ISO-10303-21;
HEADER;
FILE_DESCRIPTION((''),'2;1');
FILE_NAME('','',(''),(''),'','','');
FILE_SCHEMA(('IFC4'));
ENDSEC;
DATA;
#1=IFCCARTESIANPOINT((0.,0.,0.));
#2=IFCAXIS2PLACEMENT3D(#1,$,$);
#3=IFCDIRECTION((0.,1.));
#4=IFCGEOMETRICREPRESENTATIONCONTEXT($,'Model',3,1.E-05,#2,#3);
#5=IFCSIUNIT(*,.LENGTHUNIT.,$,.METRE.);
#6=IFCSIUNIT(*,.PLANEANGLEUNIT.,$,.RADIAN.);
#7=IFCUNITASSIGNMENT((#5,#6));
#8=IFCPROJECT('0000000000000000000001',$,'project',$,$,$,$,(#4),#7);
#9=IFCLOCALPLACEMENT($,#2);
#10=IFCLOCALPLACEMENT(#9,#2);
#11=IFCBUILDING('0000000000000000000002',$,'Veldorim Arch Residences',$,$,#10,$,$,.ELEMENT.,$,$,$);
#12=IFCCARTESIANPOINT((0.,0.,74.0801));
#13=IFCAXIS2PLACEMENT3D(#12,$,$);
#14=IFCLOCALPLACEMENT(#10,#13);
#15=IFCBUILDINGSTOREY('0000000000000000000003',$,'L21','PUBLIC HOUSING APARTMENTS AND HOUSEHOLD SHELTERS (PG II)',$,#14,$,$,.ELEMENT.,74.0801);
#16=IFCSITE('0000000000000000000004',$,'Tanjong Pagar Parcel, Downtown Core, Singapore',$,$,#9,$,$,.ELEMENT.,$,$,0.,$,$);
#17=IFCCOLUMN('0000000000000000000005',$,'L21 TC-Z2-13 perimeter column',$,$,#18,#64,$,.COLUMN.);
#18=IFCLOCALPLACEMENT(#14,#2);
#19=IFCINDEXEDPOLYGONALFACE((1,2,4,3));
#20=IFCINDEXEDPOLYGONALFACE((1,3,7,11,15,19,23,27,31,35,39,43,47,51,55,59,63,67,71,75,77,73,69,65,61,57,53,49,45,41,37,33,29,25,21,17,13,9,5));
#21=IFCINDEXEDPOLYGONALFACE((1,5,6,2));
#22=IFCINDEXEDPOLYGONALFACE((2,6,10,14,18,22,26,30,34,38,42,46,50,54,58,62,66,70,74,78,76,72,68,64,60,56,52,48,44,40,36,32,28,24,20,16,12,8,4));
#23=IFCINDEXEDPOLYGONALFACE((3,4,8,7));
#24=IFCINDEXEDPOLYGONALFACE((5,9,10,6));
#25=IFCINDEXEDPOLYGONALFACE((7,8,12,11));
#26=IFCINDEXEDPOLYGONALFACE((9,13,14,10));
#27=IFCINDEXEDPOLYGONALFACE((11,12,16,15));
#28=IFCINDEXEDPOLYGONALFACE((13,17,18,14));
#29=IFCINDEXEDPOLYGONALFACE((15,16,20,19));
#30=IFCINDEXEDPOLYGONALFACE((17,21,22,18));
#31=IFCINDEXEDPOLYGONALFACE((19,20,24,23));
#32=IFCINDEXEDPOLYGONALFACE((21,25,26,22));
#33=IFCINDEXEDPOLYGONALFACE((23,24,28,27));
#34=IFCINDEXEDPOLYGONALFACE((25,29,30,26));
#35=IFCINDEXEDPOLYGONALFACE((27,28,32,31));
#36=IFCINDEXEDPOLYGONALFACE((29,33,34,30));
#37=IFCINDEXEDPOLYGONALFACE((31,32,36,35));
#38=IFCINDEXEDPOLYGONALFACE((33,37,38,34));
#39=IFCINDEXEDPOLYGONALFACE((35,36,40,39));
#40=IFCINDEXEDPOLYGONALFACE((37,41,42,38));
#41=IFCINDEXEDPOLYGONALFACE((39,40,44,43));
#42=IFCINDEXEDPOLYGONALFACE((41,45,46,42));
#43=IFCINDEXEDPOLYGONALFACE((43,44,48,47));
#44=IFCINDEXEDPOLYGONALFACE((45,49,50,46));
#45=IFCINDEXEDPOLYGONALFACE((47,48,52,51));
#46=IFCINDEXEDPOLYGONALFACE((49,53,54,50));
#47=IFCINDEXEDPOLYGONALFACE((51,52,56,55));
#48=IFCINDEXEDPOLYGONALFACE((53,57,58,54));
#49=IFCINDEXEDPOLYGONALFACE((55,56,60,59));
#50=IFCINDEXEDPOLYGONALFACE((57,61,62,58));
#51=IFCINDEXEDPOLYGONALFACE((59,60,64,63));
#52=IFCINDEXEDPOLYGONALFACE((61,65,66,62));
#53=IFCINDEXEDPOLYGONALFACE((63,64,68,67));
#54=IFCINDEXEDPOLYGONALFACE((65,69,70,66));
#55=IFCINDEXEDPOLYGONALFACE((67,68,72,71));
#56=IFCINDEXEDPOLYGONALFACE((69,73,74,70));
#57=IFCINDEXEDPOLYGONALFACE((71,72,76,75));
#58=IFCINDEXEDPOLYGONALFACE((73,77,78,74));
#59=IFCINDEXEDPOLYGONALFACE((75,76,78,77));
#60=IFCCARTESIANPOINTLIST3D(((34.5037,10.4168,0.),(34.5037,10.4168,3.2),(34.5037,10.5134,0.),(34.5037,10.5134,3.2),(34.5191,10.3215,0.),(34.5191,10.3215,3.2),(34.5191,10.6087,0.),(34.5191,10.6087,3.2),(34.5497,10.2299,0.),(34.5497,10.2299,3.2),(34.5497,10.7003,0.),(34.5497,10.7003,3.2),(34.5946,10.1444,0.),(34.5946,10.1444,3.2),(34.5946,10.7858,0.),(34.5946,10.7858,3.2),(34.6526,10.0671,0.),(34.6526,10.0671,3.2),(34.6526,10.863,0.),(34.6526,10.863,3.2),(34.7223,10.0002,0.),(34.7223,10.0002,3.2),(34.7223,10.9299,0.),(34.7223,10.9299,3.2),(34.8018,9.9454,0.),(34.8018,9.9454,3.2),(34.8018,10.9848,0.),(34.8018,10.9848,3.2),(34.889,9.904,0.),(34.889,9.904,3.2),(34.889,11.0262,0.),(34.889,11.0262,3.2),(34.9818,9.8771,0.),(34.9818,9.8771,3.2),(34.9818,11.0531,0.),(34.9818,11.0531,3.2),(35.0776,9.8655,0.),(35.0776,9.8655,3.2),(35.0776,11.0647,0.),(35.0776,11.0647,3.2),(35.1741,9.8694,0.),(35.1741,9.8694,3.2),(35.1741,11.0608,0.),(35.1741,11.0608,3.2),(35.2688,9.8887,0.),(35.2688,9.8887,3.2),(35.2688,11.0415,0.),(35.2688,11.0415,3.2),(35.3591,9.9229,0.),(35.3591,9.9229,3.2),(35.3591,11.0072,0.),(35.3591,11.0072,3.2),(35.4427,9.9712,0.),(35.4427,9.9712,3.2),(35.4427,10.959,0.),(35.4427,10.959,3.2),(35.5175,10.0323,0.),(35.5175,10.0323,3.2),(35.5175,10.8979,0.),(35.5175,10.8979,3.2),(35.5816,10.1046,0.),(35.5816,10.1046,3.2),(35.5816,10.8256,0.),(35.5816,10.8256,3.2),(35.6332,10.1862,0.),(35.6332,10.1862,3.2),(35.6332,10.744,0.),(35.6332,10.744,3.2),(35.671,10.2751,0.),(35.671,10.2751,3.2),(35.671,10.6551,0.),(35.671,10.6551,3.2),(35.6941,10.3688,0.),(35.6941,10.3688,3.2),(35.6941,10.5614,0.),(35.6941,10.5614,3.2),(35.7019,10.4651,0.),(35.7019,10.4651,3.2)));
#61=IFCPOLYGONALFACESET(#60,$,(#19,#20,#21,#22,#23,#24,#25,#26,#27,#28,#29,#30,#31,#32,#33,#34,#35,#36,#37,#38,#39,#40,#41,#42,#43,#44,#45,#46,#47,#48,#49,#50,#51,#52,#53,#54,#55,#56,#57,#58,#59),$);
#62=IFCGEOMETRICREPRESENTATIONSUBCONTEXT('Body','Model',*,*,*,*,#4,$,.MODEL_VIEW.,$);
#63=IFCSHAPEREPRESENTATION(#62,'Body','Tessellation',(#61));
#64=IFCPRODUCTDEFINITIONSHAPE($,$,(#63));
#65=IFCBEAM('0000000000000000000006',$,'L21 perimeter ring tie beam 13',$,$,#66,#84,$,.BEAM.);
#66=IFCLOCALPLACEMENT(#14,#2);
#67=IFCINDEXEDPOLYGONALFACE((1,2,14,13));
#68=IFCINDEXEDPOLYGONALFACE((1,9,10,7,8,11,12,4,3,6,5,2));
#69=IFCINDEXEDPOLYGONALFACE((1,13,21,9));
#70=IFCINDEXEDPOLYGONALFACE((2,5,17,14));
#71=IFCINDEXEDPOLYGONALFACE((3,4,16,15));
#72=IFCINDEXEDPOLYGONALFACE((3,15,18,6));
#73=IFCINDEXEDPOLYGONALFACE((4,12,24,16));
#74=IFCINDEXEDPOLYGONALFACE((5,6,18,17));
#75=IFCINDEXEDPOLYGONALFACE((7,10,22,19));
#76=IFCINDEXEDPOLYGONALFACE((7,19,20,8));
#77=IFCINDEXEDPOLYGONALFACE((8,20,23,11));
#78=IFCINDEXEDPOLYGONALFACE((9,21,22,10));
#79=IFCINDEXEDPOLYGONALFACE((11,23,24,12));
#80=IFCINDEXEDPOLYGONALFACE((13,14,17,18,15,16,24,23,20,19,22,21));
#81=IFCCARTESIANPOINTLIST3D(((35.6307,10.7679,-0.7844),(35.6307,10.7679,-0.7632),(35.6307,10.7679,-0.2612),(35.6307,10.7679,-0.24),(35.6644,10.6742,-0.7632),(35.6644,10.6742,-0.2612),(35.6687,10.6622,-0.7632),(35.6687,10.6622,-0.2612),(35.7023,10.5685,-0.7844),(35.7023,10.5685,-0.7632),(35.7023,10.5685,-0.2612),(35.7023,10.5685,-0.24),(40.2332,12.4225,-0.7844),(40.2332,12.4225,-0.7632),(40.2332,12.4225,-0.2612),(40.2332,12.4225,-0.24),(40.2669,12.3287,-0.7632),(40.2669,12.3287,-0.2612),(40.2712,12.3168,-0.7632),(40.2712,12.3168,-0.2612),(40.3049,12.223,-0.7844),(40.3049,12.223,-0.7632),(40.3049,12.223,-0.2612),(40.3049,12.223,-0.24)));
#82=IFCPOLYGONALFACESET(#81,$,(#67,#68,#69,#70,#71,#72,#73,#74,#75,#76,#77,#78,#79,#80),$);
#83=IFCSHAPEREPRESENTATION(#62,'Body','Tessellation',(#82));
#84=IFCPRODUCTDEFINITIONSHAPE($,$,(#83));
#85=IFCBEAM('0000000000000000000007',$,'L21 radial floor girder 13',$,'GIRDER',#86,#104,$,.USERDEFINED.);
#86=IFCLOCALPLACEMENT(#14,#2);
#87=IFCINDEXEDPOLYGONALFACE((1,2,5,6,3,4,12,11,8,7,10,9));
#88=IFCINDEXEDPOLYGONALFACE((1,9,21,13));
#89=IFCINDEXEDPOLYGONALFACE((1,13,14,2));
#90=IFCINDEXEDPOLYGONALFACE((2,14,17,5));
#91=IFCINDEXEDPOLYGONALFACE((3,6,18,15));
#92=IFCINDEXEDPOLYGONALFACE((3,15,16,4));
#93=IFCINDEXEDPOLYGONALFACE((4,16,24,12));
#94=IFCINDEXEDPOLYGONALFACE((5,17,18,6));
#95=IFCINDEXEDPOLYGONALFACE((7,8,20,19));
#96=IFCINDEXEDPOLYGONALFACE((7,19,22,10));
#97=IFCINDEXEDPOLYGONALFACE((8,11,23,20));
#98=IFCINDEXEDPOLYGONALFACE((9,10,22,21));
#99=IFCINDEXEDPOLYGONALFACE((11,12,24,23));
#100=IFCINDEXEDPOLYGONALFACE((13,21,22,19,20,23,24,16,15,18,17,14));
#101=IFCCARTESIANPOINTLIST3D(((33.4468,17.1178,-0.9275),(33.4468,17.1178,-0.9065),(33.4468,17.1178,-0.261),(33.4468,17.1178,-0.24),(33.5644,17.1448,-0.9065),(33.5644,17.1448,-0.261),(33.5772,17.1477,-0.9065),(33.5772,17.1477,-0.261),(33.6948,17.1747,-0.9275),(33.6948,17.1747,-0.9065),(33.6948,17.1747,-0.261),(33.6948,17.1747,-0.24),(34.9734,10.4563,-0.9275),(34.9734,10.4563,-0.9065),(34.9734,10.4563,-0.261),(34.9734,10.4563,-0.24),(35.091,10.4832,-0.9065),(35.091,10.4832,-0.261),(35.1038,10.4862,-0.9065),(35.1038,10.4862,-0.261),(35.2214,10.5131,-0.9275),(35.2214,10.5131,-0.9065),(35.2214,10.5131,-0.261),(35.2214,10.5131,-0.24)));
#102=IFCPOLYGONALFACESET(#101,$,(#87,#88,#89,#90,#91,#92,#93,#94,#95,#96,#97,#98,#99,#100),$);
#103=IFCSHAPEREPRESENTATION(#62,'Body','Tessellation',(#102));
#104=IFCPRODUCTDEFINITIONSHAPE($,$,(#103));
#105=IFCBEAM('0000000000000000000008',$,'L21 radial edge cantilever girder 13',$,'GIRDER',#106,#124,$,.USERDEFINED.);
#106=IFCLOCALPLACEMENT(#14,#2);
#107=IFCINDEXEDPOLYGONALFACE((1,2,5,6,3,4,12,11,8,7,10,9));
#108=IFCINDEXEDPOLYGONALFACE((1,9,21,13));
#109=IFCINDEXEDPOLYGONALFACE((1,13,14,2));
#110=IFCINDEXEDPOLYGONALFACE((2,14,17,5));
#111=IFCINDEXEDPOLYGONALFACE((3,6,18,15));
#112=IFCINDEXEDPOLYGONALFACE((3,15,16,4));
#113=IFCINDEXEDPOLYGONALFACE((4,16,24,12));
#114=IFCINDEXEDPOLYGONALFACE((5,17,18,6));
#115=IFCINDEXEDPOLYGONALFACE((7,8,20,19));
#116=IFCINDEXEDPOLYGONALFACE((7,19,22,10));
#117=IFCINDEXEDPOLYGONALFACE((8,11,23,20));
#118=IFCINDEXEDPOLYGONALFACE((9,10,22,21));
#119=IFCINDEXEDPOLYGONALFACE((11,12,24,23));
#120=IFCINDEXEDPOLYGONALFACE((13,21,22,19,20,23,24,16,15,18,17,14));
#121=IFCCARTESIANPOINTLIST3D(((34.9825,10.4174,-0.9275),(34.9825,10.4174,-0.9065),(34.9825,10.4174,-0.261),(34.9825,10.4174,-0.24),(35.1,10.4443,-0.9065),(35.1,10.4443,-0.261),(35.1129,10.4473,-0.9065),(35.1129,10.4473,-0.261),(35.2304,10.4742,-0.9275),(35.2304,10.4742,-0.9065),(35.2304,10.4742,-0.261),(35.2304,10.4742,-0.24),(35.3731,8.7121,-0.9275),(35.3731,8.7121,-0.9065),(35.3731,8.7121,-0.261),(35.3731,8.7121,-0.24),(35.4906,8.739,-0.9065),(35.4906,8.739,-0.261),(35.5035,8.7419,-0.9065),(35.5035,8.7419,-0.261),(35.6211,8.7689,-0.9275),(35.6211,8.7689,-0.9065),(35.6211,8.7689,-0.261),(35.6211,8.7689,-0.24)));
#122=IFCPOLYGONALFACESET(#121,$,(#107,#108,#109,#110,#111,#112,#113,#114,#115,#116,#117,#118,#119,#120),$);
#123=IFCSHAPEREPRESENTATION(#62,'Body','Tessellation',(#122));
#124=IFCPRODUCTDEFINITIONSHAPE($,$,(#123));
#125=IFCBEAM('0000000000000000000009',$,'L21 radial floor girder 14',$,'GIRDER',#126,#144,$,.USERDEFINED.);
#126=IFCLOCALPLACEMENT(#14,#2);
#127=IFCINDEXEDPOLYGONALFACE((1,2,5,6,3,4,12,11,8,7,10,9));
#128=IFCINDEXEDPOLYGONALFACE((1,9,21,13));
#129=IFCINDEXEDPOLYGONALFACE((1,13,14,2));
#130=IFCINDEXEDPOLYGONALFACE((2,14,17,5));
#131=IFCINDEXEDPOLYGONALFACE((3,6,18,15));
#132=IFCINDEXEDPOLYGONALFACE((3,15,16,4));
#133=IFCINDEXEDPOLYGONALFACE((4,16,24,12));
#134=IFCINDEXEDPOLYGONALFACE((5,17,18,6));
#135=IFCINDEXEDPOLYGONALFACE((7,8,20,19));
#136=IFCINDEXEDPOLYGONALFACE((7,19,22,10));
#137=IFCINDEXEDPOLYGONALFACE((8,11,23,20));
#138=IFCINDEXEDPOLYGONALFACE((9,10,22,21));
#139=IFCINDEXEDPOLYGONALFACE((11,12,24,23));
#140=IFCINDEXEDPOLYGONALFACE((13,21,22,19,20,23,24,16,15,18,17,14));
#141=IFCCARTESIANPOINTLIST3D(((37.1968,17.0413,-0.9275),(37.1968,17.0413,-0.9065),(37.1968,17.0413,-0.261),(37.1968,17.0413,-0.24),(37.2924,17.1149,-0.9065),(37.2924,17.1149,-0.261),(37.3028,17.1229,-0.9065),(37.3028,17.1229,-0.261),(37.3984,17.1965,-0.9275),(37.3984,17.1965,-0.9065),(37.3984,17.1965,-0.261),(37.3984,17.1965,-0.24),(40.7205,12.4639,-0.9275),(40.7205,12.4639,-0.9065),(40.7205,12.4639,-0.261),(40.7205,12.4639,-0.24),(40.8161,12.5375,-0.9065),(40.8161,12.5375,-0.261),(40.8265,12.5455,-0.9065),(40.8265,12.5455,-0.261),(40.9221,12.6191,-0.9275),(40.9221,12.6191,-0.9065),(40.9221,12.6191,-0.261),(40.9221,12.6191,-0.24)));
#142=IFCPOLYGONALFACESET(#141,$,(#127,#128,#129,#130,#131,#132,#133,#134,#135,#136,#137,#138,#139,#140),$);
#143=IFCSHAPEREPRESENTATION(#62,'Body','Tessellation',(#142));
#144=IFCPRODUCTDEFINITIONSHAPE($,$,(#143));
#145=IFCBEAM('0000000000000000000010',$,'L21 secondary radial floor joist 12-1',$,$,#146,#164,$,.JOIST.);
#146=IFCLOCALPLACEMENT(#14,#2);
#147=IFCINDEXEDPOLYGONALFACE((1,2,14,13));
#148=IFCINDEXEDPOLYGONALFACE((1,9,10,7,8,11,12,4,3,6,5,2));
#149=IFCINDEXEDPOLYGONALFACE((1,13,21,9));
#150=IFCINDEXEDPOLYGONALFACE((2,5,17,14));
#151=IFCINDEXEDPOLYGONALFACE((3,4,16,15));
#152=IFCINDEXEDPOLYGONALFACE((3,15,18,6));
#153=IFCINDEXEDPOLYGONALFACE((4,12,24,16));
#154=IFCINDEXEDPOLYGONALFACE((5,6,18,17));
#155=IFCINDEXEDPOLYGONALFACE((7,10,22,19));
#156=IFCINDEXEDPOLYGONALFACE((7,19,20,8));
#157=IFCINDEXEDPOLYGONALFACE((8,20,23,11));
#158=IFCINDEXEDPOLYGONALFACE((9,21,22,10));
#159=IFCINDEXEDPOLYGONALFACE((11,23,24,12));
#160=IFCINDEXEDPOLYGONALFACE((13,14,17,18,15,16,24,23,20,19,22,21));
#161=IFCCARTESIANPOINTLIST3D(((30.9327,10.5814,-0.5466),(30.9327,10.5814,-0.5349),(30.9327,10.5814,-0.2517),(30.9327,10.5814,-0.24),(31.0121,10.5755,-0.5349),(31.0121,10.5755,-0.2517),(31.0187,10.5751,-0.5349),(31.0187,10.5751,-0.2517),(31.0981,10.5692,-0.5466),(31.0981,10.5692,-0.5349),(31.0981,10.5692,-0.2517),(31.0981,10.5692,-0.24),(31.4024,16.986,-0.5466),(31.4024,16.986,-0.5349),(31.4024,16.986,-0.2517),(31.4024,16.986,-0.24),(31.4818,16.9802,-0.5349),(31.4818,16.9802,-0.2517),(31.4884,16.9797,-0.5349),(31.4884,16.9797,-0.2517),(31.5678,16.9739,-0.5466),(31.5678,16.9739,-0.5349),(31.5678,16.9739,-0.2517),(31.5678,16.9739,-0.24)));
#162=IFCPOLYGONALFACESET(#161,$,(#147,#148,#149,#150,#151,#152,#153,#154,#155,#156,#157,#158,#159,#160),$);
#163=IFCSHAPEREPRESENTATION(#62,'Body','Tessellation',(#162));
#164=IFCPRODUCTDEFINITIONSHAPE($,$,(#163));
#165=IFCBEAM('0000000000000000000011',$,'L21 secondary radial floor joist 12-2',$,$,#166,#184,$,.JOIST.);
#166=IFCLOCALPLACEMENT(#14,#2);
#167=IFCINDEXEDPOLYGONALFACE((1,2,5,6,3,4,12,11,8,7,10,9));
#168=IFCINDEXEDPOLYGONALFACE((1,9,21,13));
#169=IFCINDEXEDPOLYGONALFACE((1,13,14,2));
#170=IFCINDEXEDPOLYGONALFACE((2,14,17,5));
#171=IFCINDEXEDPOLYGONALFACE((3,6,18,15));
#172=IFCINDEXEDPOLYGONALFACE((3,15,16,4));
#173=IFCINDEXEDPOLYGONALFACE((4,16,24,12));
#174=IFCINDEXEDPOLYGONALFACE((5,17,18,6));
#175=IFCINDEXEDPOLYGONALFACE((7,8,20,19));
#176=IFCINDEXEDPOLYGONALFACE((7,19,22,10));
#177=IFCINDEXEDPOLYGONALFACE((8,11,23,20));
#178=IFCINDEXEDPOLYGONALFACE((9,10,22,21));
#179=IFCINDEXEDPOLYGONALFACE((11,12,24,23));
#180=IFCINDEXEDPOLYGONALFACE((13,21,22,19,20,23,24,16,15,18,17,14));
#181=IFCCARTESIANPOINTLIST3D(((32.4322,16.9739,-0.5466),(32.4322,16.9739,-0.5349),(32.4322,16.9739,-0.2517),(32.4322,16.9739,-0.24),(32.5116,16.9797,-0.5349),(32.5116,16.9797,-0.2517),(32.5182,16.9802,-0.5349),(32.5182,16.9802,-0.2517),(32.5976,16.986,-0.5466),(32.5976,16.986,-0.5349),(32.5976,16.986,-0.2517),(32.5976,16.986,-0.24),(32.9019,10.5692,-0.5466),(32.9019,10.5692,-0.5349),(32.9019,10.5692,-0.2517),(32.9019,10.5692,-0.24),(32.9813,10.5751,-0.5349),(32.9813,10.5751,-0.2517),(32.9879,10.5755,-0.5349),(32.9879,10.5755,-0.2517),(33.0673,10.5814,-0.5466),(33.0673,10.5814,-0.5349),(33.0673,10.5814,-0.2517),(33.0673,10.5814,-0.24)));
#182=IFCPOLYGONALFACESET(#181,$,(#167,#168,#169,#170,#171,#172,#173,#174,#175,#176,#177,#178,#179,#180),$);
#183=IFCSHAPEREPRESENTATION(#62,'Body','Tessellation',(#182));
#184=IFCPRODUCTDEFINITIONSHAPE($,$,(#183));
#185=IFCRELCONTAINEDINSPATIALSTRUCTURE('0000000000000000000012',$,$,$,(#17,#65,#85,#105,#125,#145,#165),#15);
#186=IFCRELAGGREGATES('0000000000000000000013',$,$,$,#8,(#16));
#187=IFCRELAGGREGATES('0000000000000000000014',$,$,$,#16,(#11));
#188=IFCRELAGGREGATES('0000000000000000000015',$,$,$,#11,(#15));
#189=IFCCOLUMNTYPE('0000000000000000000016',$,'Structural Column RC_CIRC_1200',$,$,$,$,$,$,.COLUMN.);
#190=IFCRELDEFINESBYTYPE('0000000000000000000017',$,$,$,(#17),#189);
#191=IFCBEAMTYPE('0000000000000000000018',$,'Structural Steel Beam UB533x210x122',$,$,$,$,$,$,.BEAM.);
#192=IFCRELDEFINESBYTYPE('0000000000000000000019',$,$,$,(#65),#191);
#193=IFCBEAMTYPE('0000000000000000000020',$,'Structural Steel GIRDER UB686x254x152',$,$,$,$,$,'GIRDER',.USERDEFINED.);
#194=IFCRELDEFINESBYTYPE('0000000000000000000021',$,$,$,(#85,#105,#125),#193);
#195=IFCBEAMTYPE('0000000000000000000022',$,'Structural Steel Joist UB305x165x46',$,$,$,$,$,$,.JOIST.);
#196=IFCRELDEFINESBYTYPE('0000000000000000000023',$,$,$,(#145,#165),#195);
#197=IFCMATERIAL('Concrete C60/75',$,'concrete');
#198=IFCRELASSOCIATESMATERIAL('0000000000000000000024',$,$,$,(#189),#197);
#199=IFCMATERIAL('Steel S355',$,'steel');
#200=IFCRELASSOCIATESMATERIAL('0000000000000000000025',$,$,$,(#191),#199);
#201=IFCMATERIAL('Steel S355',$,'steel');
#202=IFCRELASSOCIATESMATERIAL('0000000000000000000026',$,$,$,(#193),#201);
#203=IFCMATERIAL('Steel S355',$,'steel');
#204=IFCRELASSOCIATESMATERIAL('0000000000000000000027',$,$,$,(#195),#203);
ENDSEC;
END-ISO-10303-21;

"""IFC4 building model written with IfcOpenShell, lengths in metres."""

from ifc_helpers import new_model, si_unit, direction, frame, origin, origin_2d, place, context, subcontext, project, spatial, circle, i_section, extrude, material, material_profile, profile_set, type_object, element, save


model = new_model("IFC4")

# Units and contexts
model_context = context("Model", 3, precision=1e-05, world=origin(), true_north=direction((0.0, 1.0)))
body_context = subcontext(model_context, "Body", "Model", "MODEL_VIEW")
ifc_project = project(units=[si_unit("LENGTHUNIT", "METRE"), si_unit("PLANEANGLEUNIT", "RADIAN")], contexts=[model_context])

# Site, building, storey
site_placement = place(None, origin())
site = spatial("IfcSite", under=ifc_project, at=site_placement, Name="Tanjong Pagar Parcel, Downtown Core, Singapore", CompositionType="ELEMENT", RefElevation=0.0)
building_placement = place(site_placement, origin())
building = spatial("IfcBuilding", under=site, at=building_placement, Name="Veldorim Arch Residences", CompositionType="ELEMENT")
storey_placement = place(building_placement, frame((0.0, 0.0, 74.0801)))
storey = spatial("IfcBuildingStorey", under=building, at=storey_placement, Name="L21", Description="PUBLIC HOUSING APARTMENTS AND HOUSEHOLD SHELTERS (PG II)", CompositionType="ELEMENT", Elevation=74.0801)

# Column
ifc_material_1 = material(Name="Concrete C60/75", Category="concrete")
ifc_material_profile_1 = material_profile(ifc_material_1, circle(Radius=0.6001, at=origin_2d()), Name="RC_CIRC_1200")
ifc_profile_set_1 = profile_set([ifc_material_profile_1], Name="Concrete C60/75")
column_type = type_object("IfcColumnType", Name="Structural Column RC_CIRC_1200", PredefinedType="COLUMN", material=ifc_profile_set_1)
column_placement = place(storey_placement, frame((35.1018, 10.4651, 0.0), z_axis=(0.0, 0.0, 1.0), x_axis=(1.0, 0.0, 0.0)))
element("IfcColumn", 1, at=column_placement, inside=storey, type_object=column_type, Name="L21 TC-Z2-13 perimeter column", PredefinedType="COLUMN", context=body_context, shape_type="SweptSolid", body=[
    extrude(circle(Radius=0.6001, at=origin_2d()), origin(), (0.0, 0.0, 1.0), 3.2),
])

# Beams
ifc_material_2 = material(Name="Steel S355", Category="steel")
ifc_material_profile_2 = material_profile(ifc_material_2, i_section(OverallWidth=0.2119, OverallDepth=0.5444, WebThickness=0.0127, FlangeThickness=0.0212, at=origin_2d()), Name="UB533x210x122")
ifc_profile_set_2 = profile_set([ifc_material_profile_2], Name="Steel S355")
beam_type_1 = type_object("IfcBeamType", Name="Structural Steel Beam UB533x210x122", PredefinedType="BEAM", material=ifc_profile_set_2)
beam_1_placement = place(storey_placement, frame((35.6665, 10.6682, -0.5122), z_axis=(0.941042, 0.33829, 0.0), x_axis=(-0.33829, 0.941042, 0.0)))
element("IfcBeam", 2, at=beam_1_placement, inside=storey, type_object=beam_type_1, Name="L21 perimeter ring tie beam 13", PredefinedType="BEAM", context=body_context, shape_type="SweptSolid", body=[
    extrude(i_section(OverallWidth=0.2119, OverallDepth=0.5444, WebThickness=0.0127, FlangeThickness=0.0212, at=origin_2d()), origin(), (0.0, 0.0, 1.0), 4.8909),
])
ifc_material_3 = material(Name="Steel S355", Category="steel")
ifc_material_profile_3 = material_profile(ifc_material_3, i_section(OverallWidth=0.2544, OverallDepth=0.6875, WebThickness=0.0132, FlangeThickness=0.021, at=origin_2d()), Name="UB686x254x152")
ifc_profile_set_3 = profile_set([ifc_material_profile_3], Name="Steel S355")
beam_type_2 = type_object("IfcBeamType", Name="Structural Steel GIRDER UB686x254x152", ElementType="GIRDER", PredefinedType="USERDEFINED", material=ifc_profile_set_3)
beam_2_placement = place(storey_placement, frame((33.5708, 17.1462, -0.5837), z_axis=(0.223375, -0.974733, 0.0), x_axis=(0.974733, 0.223375, 0.0)))
element("IfcBeam", 3, at=beam_2_placement, inside=storey, type_object=beam_type_2, Name="L21 radial floor girder 13", ObjectType="GIRDER", PredefinedType="USERDEFINED", context=body_context, shape_type="SweptSolid", body=[
    extrude(i_section(OverallWidth=0.2544, OverallDepth=0.6875, WebThickness=0.0132, FlangeThickness=0.021, at=origin_2d()), origin(), (0.0, 0.0, 1.0), 6.8342),
])
beam_3_placement = place(storey_placement, frame((35.1064, 10.4458, -0.5837), z_axis=(0.223279, -0.974754, 0.0), x_axis=(0.974754, 0.223279, 0.0)))
element("IfcBeam", 4, at=beam_3_placement, inside=storey, type_object=beam_type_2, Name="L21 radial edge cantilever girder 13", ObjectType="GIRDER", PredefinedType="USERDEFINED", context=body_context, shape_type="SweptSolid", body=[
    extrude(i_section(OverallWidth=0.2544, OverallDepth=0.6875, WebThickness=0.0132, FlangeThickness=0.021, at=origin_2d()), origin(), (0.0, 0.0, 1.0), 1.7495),
])
beam_4_placement = place(storey_placement, frame((37.2976, 17.1189, -0.5837), z_axis=(0.609995, -0.792406, 0.0), x_axis=(0.792406, 0.609995, 0.0)))
element("IfcBeam", 5, at=beam_4_placement, inside=storey, type_object=beam_type_2, Name="L21 radial floor girder 14", ObjectType="GIRDER", PredefinedType="USERDEFINED", context=body_context, shape_type="SweptSolid", body=[
    extrude(i_section(OverallWidth=0.2544, OverallDepth=0.6875, WebThickness=0.0132, FlangeThickness=0.021, at=origin_2d()), origin(), (0.0, 0.0, 1.0), 5.7766),
])
ifc_material_4 = material(Name="Steel S355", Category="steel")
ifc_material_profile_4 = material_profile(ifc_material_4, i_section(OverallWidth=0.1658, OverallDepth=0.3066, WebThickness=0.0066, FlangeThickness=0.0117, at=origin_2d()), Name="UB305x165x46")
ifc_profile_set_4 = profile_set([ifc_material_profile_4], Name="Steel S355")
beam_type_3 = type_object("IfcBeamType", Name="Structural Steel Joist UB305x165x46", PredefinedType="JOIST", material=ifc_profile_set_4)
for number, where, z_axis, x_axis, name in (
    (6, (31.4851, 16.98, -0.3933), (-0.073143, -0.997321, 0.0), (0.997321, -0.073143, 0.0), "L21 secondary radial floor joist 12-1"),
    (7, (32.5149, 16.98, -0.3933), (0.073143, -0.997321, 0.0), (0.997321, 0.073143, 0.0), "L21 secondary radial floor joist 12-2"),
):
    element("IfcBeam", number, at=place(storey_placement, frame(where, z_axis=z_axis, x_axis=x_axis)), inside=storey, type_object=beam_type_3, Name=name, PredefinedType="JOIST", context=body_context, shape_type="SweptSolid", body=[
        extrude(i_section(OverallWidth=0.1658, OverallDepth=0.3066, WebThickness=0.0066, FlangeThickness=0.0117, at=origin_2d()), origin(), (0.0, 0.0, 1.0), 6.4219),
    ])

save(model, "model.ifc")
